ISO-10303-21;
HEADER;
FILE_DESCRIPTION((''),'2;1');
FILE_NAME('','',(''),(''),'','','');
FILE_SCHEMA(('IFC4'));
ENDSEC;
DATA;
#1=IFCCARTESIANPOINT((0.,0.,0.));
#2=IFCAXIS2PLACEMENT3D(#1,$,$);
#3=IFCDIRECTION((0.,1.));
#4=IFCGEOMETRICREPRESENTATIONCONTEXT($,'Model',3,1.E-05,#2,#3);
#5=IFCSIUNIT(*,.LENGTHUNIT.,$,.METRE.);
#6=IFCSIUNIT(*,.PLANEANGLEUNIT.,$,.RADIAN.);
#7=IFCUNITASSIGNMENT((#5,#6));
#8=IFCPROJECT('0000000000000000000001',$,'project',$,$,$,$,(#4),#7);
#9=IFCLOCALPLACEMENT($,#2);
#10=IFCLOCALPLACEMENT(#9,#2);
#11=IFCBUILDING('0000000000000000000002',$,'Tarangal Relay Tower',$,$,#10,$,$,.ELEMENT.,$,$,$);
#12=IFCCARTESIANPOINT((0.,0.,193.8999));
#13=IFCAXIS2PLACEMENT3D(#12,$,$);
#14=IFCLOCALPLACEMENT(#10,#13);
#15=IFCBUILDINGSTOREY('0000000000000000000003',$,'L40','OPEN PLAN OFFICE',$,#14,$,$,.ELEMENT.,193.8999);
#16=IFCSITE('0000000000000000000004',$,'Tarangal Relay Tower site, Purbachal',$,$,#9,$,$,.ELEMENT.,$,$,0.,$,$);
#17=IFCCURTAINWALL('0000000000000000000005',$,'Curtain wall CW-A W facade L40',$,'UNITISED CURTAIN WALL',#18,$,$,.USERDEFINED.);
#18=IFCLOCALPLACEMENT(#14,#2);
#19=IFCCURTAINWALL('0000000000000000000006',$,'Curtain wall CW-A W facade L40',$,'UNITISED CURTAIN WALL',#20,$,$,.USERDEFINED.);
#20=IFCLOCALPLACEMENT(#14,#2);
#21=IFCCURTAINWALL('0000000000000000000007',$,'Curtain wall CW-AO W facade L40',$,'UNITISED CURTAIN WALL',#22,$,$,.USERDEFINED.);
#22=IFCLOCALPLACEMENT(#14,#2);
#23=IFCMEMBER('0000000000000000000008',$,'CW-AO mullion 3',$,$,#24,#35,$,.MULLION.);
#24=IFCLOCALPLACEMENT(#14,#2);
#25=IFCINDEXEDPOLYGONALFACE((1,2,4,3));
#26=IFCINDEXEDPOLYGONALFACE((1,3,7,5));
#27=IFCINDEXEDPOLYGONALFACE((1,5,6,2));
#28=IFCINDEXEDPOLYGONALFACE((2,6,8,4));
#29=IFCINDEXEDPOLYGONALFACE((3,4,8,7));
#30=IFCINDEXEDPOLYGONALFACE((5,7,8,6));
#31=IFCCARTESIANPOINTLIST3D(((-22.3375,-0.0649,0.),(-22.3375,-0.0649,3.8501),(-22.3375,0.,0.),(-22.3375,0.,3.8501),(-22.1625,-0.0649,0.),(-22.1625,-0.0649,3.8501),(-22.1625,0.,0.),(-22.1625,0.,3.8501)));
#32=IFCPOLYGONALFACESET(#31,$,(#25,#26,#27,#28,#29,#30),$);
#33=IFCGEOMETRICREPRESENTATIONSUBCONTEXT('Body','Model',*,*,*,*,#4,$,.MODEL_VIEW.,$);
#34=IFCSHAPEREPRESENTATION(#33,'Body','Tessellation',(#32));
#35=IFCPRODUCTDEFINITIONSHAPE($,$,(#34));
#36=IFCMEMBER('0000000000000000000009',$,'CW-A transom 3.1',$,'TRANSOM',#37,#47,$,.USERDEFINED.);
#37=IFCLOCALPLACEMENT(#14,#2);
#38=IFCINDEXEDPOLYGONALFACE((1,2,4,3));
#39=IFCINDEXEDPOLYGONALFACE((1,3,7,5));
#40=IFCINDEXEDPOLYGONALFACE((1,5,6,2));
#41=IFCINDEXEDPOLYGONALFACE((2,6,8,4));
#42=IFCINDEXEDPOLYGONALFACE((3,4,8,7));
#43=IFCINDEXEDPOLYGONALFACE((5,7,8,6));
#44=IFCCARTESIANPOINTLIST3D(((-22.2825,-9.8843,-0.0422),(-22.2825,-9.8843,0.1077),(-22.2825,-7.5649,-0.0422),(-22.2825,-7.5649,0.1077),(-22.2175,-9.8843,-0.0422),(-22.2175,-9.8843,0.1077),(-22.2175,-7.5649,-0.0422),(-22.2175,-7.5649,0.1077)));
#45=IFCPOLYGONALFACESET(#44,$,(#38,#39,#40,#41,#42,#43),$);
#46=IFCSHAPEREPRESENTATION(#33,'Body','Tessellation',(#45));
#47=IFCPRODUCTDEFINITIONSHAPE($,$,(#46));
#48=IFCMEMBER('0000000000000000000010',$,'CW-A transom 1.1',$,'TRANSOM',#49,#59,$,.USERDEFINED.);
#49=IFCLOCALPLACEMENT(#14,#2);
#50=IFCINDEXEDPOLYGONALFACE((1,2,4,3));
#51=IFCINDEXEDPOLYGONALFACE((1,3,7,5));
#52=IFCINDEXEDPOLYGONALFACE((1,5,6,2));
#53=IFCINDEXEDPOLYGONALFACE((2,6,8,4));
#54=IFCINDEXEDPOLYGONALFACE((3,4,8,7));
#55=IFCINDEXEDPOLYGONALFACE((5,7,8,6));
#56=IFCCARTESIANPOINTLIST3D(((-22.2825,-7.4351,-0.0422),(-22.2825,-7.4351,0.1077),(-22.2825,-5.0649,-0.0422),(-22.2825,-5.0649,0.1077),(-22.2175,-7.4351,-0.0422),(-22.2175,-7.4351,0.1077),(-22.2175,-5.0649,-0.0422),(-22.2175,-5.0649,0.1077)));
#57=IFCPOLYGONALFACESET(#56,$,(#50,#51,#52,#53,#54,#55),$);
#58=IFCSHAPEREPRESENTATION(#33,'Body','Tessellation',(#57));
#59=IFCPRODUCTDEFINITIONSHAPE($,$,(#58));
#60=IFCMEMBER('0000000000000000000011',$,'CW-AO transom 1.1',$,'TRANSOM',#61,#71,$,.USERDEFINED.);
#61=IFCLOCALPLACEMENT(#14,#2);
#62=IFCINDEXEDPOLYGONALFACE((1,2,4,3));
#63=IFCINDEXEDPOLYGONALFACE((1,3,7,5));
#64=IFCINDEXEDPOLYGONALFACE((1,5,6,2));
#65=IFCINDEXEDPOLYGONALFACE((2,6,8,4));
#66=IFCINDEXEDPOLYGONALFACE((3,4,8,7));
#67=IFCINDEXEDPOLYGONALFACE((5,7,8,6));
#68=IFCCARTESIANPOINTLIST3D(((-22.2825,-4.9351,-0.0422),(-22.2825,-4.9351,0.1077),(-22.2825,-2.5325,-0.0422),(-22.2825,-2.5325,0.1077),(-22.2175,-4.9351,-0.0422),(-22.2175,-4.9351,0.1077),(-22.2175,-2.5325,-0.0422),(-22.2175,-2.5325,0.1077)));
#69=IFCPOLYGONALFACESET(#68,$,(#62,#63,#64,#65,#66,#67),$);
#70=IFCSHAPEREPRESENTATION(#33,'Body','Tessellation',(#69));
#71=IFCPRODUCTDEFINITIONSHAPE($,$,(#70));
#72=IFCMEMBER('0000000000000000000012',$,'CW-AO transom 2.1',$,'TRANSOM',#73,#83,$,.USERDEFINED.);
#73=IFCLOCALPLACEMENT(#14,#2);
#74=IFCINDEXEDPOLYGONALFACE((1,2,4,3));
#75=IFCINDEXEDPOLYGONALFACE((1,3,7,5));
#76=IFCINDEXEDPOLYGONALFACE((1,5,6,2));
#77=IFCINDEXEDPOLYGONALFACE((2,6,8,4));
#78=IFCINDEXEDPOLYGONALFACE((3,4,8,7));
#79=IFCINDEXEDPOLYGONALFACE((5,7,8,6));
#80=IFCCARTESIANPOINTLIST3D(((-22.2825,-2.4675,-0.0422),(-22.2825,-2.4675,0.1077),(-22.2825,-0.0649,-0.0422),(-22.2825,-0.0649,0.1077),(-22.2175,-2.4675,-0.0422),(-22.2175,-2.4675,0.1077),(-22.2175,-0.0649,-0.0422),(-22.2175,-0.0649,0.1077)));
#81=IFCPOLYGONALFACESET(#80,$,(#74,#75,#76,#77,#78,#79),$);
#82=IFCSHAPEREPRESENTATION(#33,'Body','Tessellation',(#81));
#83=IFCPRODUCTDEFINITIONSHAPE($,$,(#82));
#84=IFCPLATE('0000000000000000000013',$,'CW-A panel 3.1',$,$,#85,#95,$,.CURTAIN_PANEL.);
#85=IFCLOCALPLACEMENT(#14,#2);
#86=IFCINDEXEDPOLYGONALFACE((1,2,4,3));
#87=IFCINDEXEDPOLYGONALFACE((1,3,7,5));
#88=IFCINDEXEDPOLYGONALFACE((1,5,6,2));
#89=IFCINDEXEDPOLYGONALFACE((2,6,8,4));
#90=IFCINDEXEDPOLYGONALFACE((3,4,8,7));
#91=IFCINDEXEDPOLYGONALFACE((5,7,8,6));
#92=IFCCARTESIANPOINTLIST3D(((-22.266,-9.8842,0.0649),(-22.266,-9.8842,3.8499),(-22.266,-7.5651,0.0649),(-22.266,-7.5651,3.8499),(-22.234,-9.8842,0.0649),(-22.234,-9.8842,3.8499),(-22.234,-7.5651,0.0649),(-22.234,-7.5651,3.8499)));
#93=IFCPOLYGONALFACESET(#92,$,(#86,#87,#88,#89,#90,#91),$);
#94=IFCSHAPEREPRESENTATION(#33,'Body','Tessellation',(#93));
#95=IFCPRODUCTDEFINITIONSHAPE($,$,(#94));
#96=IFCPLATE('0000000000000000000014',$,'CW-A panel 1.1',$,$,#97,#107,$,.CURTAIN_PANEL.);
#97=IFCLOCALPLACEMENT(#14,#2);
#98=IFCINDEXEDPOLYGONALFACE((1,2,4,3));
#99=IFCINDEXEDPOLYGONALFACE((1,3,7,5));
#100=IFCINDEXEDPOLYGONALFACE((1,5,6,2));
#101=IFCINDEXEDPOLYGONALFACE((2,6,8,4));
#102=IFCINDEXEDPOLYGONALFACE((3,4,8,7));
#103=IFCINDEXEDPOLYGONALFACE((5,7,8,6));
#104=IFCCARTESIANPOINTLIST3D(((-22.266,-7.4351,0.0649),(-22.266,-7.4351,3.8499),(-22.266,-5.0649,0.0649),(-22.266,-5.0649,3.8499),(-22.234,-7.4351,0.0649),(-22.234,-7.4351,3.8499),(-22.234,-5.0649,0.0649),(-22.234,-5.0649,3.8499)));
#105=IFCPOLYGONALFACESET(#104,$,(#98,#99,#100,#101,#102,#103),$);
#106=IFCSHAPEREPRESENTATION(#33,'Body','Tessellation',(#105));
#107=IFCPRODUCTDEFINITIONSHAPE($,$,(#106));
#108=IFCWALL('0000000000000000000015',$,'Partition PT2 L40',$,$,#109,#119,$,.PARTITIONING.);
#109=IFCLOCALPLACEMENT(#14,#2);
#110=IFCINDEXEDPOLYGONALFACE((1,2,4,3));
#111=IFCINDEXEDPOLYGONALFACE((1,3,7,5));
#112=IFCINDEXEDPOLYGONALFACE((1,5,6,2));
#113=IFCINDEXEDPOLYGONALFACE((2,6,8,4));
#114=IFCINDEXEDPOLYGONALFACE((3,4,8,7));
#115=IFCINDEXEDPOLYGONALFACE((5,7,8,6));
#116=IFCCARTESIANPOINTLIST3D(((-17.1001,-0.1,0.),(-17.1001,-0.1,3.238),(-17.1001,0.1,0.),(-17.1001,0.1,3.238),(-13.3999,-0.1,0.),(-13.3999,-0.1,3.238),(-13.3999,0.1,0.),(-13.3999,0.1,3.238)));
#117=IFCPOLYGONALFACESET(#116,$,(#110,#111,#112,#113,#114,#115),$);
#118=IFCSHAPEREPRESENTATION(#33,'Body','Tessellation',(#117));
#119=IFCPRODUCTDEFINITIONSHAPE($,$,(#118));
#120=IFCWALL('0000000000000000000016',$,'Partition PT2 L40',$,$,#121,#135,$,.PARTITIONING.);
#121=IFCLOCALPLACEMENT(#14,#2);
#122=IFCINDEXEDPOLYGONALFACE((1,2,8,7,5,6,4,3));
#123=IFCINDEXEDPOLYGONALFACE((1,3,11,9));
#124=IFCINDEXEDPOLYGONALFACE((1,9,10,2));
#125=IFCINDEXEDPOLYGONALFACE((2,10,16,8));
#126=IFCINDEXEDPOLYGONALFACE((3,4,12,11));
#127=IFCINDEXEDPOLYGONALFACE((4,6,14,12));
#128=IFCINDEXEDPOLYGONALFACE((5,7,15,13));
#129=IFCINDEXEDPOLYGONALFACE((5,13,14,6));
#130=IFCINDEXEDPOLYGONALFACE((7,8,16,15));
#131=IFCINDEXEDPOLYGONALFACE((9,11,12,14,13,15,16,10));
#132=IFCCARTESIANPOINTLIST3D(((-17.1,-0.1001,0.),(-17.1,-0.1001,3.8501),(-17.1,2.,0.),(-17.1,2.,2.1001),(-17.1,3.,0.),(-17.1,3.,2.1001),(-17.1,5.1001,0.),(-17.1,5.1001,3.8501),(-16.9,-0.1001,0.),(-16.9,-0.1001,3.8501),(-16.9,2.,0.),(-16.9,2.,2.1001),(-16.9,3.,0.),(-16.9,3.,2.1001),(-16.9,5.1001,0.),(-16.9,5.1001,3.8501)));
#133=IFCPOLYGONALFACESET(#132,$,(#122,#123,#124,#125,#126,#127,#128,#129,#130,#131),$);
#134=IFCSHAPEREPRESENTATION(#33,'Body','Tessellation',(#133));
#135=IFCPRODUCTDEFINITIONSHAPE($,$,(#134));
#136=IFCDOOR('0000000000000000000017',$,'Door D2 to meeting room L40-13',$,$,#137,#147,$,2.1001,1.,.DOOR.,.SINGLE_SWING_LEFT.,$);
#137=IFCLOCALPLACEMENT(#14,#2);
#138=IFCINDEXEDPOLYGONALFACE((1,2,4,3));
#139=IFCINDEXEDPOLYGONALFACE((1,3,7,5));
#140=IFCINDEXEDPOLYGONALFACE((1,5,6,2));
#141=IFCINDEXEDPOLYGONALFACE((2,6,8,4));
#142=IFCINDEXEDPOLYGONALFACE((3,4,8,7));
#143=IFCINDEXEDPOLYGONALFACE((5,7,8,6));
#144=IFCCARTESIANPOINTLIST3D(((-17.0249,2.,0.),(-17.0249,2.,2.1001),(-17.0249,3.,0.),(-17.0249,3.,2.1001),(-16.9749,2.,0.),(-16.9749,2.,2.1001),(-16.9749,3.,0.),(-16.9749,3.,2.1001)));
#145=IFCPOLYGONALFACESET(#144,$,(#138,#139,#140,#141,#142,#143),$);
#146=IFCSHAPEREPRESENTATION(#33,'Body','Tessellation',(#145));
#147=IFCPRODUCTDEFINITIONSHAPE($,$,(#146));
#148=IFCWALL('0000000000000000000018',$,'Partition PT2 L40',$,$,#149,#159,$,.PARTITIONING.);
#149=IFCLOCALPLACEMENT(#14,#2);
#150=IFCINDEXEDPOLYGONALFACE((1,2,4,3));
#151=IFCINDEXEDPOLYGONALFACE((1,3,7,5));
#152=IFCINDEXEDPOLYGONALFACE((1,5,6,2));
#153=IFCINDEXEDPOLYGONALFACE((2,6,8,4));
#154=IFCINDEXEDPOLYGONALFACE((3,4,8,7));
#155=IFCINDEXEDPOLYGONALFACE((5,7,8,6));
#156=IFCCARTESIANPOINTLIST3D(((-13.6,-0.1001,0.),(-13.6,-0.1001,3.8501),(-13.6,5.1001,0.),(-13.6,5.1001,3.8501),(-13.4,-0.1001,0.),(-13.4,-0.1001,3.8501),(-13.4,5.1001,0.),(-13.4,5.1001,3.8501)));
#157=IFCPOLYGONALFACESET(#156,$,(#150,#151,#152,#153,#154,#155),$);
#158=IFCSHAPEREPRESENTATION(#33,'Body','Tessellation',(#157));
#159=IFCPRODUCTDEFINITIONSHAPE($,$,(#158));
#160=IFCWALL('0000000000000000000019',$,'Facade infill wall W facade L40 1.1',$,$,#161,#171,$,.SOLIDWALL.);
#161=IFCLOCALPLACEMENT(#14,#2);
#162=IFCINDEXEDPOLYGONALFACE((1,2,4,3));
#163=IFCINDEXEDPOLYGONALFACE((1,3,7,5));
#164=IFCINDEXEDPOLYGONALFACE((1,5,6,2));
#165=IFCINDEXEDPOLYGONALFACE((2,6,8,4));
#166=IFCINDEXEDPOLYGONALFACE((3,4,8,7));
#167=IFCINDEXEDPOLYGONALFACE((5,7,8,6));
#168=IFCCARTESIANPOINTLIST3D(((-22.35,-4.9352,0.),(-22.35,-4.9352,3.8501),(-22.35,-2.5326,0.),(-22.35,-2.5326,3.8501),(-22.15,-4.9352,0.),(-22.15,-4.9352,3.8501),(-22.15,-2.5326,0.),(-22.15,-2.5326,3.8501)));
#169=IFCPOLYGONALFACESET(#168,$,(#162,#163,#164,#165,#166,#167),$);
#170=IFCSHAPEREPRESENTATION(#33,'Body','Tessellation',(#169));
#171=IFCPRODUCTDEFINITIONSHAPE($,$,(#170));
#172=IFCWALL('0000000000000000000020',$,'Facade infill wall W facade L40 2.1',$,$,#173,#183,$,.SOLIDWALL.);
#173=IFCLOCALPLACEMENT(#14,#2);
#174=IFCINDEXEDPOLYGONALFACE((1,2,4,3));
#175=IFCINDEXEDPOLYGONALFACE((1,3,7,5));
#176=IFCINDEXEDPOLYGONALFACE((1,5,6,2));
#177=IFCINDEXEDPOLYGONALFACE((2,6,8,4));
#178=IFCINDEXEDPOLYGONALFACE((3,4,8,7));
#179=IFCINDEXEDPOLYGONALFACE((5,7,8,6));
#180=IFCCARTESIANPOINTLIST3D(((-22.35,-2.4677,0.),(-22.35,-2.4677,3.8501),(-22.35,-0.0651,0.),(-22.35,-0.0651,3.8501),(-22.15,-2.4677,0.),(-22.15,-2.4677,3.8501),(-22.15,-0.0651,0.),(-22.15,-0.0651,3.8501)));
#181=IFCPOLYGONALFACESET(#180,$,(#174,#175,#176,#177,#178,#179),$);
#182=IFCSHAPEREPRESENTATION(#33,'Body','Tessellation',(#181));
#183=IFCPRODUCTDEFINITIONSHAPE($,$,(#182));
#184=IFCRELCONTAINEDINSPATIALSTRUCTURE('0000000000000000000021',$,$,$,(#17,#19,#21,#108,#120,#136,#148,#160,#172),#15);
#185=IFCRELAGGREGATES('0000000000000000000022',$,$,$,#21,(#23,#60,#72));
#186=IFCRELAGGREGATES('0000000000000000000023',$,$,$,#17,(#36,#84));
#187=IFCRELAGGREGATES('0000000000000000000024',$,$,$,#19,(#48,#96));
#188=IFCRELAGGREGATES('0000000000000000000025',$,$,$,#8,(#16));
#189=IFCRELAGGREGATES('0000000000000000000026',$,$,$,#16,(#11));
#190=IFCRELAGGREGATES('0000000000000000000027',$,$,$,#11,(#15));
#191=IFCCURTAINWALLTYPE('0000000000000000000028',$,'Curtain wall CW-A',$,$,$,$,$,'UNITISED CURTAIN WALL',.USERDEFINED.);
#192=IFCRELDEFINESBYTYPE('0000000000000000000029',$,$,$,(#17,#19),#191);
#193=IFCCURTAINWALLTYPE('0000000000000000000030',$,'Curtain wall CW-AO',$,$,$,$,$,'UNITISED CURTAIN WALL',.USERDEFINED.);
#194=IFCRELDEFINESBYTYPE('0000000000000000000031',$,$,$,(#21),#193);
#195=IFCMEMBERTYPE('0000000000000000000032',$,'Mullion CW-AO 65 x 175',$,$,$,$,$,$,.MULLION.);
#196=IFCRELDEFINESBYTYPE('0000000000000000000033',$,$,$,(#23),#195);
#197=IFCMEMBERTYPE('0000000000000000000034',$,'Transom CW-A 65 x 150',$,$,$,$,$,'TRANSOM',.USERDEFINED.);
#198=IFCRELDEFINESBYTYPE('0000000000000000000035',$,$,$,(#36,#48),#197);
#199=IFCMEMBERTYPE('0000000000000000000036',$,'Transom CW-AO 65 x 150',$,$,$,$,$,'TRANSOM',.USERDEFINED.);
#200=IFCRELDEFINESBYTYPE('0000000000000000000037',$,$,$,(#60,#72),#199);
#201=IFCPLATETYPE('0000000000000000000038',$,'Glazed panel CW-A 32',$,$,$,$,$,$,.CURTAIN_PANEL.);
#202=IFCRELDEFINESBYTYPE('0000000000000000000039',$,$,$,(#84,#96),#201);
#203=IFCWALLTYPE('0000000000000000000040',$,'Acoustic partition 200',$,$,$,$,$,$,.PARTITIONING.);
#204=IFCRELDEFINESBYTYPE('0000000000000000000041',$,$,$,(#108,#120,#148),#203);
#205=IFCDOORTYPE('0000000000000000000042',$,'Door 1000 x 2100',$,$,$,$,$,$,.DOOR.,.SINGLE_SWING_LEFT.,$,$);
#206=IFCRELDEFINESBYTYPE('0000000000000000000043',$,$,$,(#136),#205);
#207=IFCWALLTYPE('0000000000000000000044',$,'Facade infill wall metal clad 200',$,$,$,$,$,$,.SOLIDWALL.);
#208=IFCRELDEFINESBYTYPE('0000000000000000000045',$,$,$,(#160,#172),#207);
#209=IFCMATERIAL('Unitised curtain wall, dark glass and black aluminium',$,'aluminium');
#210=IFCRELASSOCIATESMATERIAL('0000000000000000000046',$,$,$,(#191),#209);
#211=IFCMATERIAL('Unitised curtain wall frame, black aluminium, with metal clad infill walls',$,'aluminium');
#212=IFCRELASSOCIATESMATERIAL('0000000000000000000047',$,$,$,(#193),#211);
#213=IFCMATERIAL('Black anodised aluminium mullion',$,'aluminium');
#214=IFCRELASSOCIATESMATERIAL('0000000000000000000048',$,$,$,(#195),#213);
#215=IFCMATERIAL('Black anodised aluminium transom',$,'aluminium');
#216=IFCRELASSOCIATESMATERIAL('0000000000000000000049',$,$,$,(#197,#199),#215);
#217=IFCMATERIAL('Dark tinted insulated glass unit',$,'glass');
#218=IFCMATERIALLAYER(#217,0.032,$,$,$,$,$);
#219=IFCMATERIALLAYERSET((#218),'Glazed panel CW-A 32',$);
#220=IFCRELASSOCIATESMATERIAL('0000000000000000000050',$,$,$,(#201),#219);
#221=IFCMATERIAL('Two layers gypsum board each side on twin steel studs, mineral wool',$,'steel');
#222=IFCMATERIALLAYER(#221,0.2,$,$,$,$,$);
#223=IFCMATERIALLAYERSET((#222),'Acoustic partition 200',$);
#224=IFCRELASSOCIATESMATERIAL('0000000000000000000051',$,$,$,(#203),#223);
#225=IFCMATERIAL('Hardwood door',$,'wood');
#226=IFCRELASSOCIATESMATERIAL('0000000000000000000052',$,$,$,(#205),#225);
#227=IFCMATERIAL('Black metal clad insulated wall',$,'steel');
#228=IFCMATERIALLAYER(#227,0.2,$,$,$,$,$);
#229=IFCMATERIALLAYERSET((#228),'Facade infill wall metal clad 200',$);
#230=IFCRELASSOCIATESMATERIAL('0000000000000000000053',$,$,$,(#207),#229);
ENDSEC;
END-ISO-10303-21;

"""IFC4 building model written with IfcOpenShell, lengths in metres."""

from ifc_helpers import new_model, si_unit, direction, frame, frame_2d, origin, origin_2d, place, context, subcontext, project, spatial, rectangle, extrude, material, layer, layer_set, material_profile, profile_set, type_object, element, fill, aggregate, save


model = new_model("IFC4")

# Units and contexts
model_context = context("Model", 3, precision=1e-05, world=origin(), true_north=direction((0.0, 1.0)))
body_context = subcontext(model_context, "Body", "Model", "MODEL_VIEW")
ifc_project = project(units=[si_unit("LENGTHUNIT", "METRE"), si_unit("PLANEANGLEUNIT", "RADIAN")], contexts=[model_context])

# Site, building, storey
site_placement = place(None, origin())
site = spatial("IfcSite", under=ifc_project, at=site_placement, Name="Tarangal Relay Tower site, Purbachal", CompositionType="ELEMENT", RefElevation=0.0)
building_placement = place(site_placement, origin())
building = spatial("IfcBuilding", under=site, at=building_placement, Name="Tarangal Relay Tower", CompositionType="ELEMENT")
storey_placement = place(building_placement, frame((0.0, 0.0, 193.8999)))
storey = spatial("IfcBuildingStorey", under=building, at=storey_placement, Name="L40", Description="OPEN PLAN OFFICE", CompositionType="ELEMENT", Elevation=193.8999)

# Curtain walls, member
ifc_material_1 = material(Name="Unitised curtain wall, dark glass and black aluminium", Category="aluminium")
curtain_wall_type_1 = type_object("IfcCurtainWallType", Name="Curtain wall CW-A", ElementType="UNITISED CURTAIN WALL", PredefinedType="USERDEFINED", material=ifc_material_1)
curtain_wall_1_placement = place(storey_placement, origin())
curtain_wall_1 = element("IfcCurtainWall", 1, at=curtain_wall_1_placement, inside=storey, type_object=curtain_wall_type_1, Name="Curtain wall CW-A W facade L40", ObjectType="UNITISED CURTAIN WALL", PredefinedType="USERDEFINED")
ifc_material_2 = material(Name="Black anodised aluminium mullion", Category="aluminium")
curtain_wall_2_placement = place(storey_placement, origin())
curtain_wall_2 = element("IfcCurtainWall", 2, at=curtain_wall_2_placement, inside=storey, type_object=curtain_wall_type_1, Name="Curtain wall CW-A W facade L40", ObjectType="UNITISED CURTAIN WALL", PredefinedType="USERDEFINED")
ifc_material_3 = material(Name="Unitised curtain wall frame, black aluminium, with metal clad infill walls", Category="aluminium")
curtain_wall_type_2 = type_object("IfcCurtainWallType", Name="Curtain wall CW-AO", ElementType="UNITISED CURTAIN WALL", PredefinedType="USERDEFINED", material=ifc_material_3)
curtain_wall_3_placement = place(storey_placement, origin())
curtain_wall_3 = element("IfcCurtainWall", 3, at=curtain_wall_3_placement, inside=storey, type_object=curtain_wall_type_2, Name="Curtain wall CW-AO W facade L40", ObjectType="UNITISED CURTAIN WALL", PredefinedType="USERDEFINED")
ifc_material_profile_1 = material_profile(ifc_material_2, rectangle(XDim=0.175, YDim=0.0649, at=origin_2d()), Name="CW-AOM 65X175")
ifc_profile_set_1 = profile_set([ifc_material_profile_1], Name="Black anodised aluminium mullion")
member_type_1 = type_object("IfcMemberType", Name="Mullion CW-AO 65 x 175", PredefinedType="MULLION", material=ifc_profile_set_1)
member_1_placement = place(storey_placement, frame((-22.25, -0.0325, 0.0), z_axis=(0.0, 0.0, 1.0), x_axis=(-1.0, 0.0, 0.0)))
member_1 = element("IfcMember", 4, at=member_1_placement, type_object=member_type_1, Name="CW-AO mullion 3", PredefinedType="MULLION", context=body_context, shape_type="SweptSolid", body=[
    extrude(rectangle(XDim=0.175, YDim=0.0649, at=origin_2d()), origin(), (0.0, 0.0, 1.0), 3.8501),
])

# Members
ifc_material_4 = material(Name="Black anodised aluminium transom", Category="aluminium")
ifc_material_profile_2 = material_profile(ifc_material_4, rectangle(XDim=0.0649, YDim=0.1499, at=origin_2d()), Name="CW-AT 65X150")
ifc_profile_set_2 = profile_set([ifc_material_profile_2], Name="Black anodised aluminium transom")
member_type_2 = type_object("IfcMemberType", Name="Transom CW-A 65 x 150", ElementType="TRANSOM", PredefinedType="USERDEFINED", material=ifc_profile_set_2)
member_2_placement = place(storey_placement, frame((-22.25, -9.8843, 0.0327), z_axis=(0.0, 1.0, 0.0), x_axis=(-1.0, 0.0, 0.0)))
member_2 = element("IfcMember", 5, at=member_2_placement, type_object=member_type_2, Name="CW-A transom 3.1", ObjectType="TRANSOM", PredefinedType="USERDEFINED", context=body_context, shape_type="SweptSolid", body=[
    extrude(rectangle(XDim=0.0649, YDim=0.1499, at=origin_2d()), origin(), (0.0, 0.0, 1.0), 2.3193),
])
member_3_placement = place(storey_placement, frame((-22.25, -7.4351, 0.0327), z_axis=(0.0, 1.0, 0.0), x_axis=(-1.0, 0.0, 0.0)))
member_3 = element("IfcMember", 6, at=member_3_placement, type_object=member_type_2, Name="CW-A transom 1.1", ObjectType="TRANSOM", PredefinedType="USERDEFINED", context=body_context, shape_type="SweptSolid", body=[
    extrude(rectangle(XDim=0.0649, YDim=0.1499, at=origin_2d()), origin(), (0.0, 0.0, 1.0), 2.3701),
])
ifc_material_profile_3 = material_profile(ifc_material_4, rectangle(XDim=0.0649, YDim=0.1499, at=origin_2d()), Name="CW-AOT 65X150")
ifc_profile_set_3 = profile_set([ifc_material_profile_3], Name="Black anodised aluminium transom")
member_type_3 = type_object("IfcMemberType", Name="Transom CW-AO 65 x 150", ElementType="TRANSOM", PredefinedType="USERDEFINED", material=ifc_profile_set_3)
member_4_placement = place(storey_placement, frame((-22.25, -4.9351, 0.0327), z_axis=(0.0, 1.0, 0.0), x_axis=(-1.0, 0.0, 0.0)))
member_4 = element("IfcMember", 7, at=member_4_placement, type_object=member_type_3, Name="CW-AO transom 1.1", ObjectType="TRANSOM", PredefinedType="USERDEFINED", context=body_context, shape_type="SweptSolid", body=[
    extrude(rectangle(XDim=0.0649, YDim=0.1499, at=origin_2d()), origin(), (0.0, 0.0, 1.0), 2.4026),
])
member_5_placement = place(storey_placement, frame((-22.25, -2.4675, 0.0327), z_axis=(0.0, 1.0, 0.0), x_axis=(-1.0, 0.0, 0.0)))
member_5 = element("IfcMember", 8, at=member_5_placement, type_object=member_type_3, Name="CW-AO transom 2.1", ObjectType="TRANSOM", PredefinedType="USERDEFINED", context=body_context, shape_type="SweptSolid", body=[
    extrude(rectangle(XDim=0.0649, YDim=0.1499, at=origin_2d()), origin(), (0.0, 0.0, 1.0), 2.4026),
])
aggregate(curtain_wall_3, [member_1, member_4, member_5])

# Plates
ifc_material_5 = material(Name="Dark tinted insulated glass unit", Category="glass")
ifc_layer_1 = layer(ifc_material_5, 0.032)
ifc_layer_set_1 = layer_set([ifc_layer_1], Name="Glazed panel CW-A 32")
plate_type = type_object("IfcPlateType", Name="Glazed panel CW-A 32", PredefinedType="CURTAIN_PANEL", material=ifc_layer_set_1)
plate_1_placement = place(storey_placement, frame((-22.25, -8.7246, 0.0649), z_axis=(0.0, 0.0, 1.0), x_axis=(0.0, 1.0, 0.0)))
plate_1 = element("IfcPlate", 9, at=plate_1_placement, type_object=plate_type, Name="CW-A panel 3.1", PredefinedType="CURTAIN_PANEL", context=body_context, shape_type="SweptSolid", body=[
    extrude(rectangle(XDim=2.3191, YDim=0.032, at=origin_2d()), origin(), (0.0, 0.0, 1.0), 3.7849),
])
aggregate(curtain_wall_1, [member_2, plate_1])
plate_2_placement = place(storey_placement, frame((-22.25, -6.25, 0.0649), z_axis=(0.0, 0.0, 1.0), x_axis=(0.0, 1.0, 0.0)))
plate_2 = element("IfcPlate", 10, at=plate_2_placement, type_object=plate_type, Name="CW-A panel 1.1", PredefinedType="CURTAIN_PANEL", context=body_context, shape_type="SweptSolid", body=[
    extrude(rectangle(XDim=2.3701, YDim=0.032, at=origin_2d()), origin(), (0.0, 0.0, 1.0), 3.7849),
])
aggregate(curtain_wall_2, [member_3, plate_2])

# Wall
ifc_material_6 = material(Name="Two layers gypsum board each side on twin steel studs, mineral wool", Category="steel")
ifc_layer_2 = layer(ifc_material_6, 0.2)
ifc_layer_set_2 = layer_set([ifc_layer_2], Name="Acoustic partition 200")
wall_type_1 = type_object("IfcWallType", Name="Acoustic partition 200", PredefinedType="PARTITIONING", material=ifc_layer_set_2)
wall_1_placement = place(storey_placement, frame((-17.1001, 0.0, 0.0), z_axis=(0.0, 0.0, 1.0), x_axis=(1.0, 0.0, 0.0)))
element("IfcWall", 11, at=wall_1_placement, inside=storey, type_object=wall_type_1, Name="Partition PT2 L40", PredefinedType="PARTITIONING", context=body_context, shape_type="SweptSolid", body=[
    extrude(rectangle(XDim=3.7002, YDim=0.2, at=frame_2d((1.8501, 0.0))), origin(), (0.0, 0.0, 1.0), 3.238),
])

# Wall, opening, door
wall_2_placement = place(storey_placement, frame((-17.0, -0.1001, 0.0), z_axis=(0.0, 0.0, 1.0), x_axis=(0.0, 1.0, 0.0)))
wall_2 = element("IfcWall", 12, at=wall_2_placement, inside=storey, type_object=wall_type_1, Name="Partition PT2 L40", PredefinedType="PARTITIONING", context=body_context, shape_type="SweptSolid", body=[
    extrude(rectangle(XDim=5.2002, YDim=0.2, at=frame_2d((2.6001, 0.0))), origin(), (0.0, 0.0, 1.0), 3.8501),
])
opening_1_placement = place(wall_2_placement, frame((2.1001, 0.0, 0.0)))
opening_1 = element("IfcOpeningElement", 13, at=opening_1_placement, cuts=wall_2, PredefinedType="OPENING", context=body_context, shape_type="SweptSolid", body=[
    extrude(rectangle(XDim=1.0, YDim=2.1001, at=frame_2d((0.5, 1.05))), frame((0.0, 0.1099, 0.0), z_axis=(0.0, -1.0, 0.0), x_axis=(1.0, 0.0, 0.0)), (0.0, 0.0, 1.0), 0.22),
])
ifc_material_7 = material(Name="Hardwood door", Category="wood")
door_type = type_object("IfcDoorType", Name="Door 1000 x 2100", OperationType="SINGLE_SWING_LEFT", PredefinedType="DOOR", material=ifc_material_7)
door_1_placement = place(opening_1_placement, origin())
door_1 = element("IfcDoor", 14, at=door_1_placement, inside=storey, type_object=door_type, Name="Door D2 to meeting room L40-13", OperationType="SINGLE_SWING_LEFT", OverallHeight=2.1001, OverallWidth=1.0, PredefinedType="DOOR", context=body_context, shape_type="SweptSolid", body=[
    extrude(rectangle(XDim=1.0, YDim=2.1001, at=frame_2d((0.5, 1.05))), frame((0.0, 0.0249, 0.0), z_axis=(0.0, -1.0, 0.0), x_axis=(1.0, 0.0, 0.0)), (0.0, 0.0, 1.0), 0.05),
])
fill(opening_1, door_1)

# Walls
wall_3_placement = place(storey_placement, frame((-13.5, -0.1001, 0.0), z_axis=(0.0, 0.0, 1.0), x_axis=(0.0, 1.0, 0.0)))
element("IfcWall", 15, at=wall_3_placement, inside=storey, type_object=wall_type_1, Name="Partition PT2 L40", PredefinedType="PARTITIONING", context=body_context, shape_type="SweptSolid", body=[
    extrude(rectangle(XDim=5.2002, YDim=0.2, at=frame_2d((2.6001, 0.0))), origin(), (0.0, 0.0, 1.0), 3.8501),
])
ifc_material_8 = material(Name="Black metal clad insulated wall", Category="steel")
ifc_layer_3 = layer(ifc_material_8, 0.2)
ifc_layer_set_3 = layer_set([ifc_layer_3], Name="Facade infill wall metal clad 200")
wall_type_2 = type_object("IfcWallType", Name="Facade infill wall metal clad 200", PredefinedType="SOLIDWALL", material=ifc_layer_set_3)
for number, where, z_axis, x_axis, name in (
    (16, (-22.25, -4.9351, 0.0), (0.0, 0.0, 1.0), (0.0, 1.0, 0.0), "Facade infill wall W facade L40 1.1"),
    (17, (-22.25, -2.4675, 0.0), (0.0, 0.0, 1.0), (0.0, 1.0, 0.0), "Facade infill wall W facade L40 2.1"),
):
    element("IfcWall", number, at=place(storey_placement, frame(where, z_axis=z_axis, x_axis=x_axis)), inside=storey, type_object=wall_type_2, Name=name, PredefinedType="SOLIDWALL", context=body_context, shape_type="SweptSolid", body=[
        extrude(rectangle(XDim=2.4026, YDim=0.2, at=frame_2d((1.2012, 0.0))), origin(), (0.0, 0.0, 1.0), 3.8501),
    ])

save(model, "model.ifc")
